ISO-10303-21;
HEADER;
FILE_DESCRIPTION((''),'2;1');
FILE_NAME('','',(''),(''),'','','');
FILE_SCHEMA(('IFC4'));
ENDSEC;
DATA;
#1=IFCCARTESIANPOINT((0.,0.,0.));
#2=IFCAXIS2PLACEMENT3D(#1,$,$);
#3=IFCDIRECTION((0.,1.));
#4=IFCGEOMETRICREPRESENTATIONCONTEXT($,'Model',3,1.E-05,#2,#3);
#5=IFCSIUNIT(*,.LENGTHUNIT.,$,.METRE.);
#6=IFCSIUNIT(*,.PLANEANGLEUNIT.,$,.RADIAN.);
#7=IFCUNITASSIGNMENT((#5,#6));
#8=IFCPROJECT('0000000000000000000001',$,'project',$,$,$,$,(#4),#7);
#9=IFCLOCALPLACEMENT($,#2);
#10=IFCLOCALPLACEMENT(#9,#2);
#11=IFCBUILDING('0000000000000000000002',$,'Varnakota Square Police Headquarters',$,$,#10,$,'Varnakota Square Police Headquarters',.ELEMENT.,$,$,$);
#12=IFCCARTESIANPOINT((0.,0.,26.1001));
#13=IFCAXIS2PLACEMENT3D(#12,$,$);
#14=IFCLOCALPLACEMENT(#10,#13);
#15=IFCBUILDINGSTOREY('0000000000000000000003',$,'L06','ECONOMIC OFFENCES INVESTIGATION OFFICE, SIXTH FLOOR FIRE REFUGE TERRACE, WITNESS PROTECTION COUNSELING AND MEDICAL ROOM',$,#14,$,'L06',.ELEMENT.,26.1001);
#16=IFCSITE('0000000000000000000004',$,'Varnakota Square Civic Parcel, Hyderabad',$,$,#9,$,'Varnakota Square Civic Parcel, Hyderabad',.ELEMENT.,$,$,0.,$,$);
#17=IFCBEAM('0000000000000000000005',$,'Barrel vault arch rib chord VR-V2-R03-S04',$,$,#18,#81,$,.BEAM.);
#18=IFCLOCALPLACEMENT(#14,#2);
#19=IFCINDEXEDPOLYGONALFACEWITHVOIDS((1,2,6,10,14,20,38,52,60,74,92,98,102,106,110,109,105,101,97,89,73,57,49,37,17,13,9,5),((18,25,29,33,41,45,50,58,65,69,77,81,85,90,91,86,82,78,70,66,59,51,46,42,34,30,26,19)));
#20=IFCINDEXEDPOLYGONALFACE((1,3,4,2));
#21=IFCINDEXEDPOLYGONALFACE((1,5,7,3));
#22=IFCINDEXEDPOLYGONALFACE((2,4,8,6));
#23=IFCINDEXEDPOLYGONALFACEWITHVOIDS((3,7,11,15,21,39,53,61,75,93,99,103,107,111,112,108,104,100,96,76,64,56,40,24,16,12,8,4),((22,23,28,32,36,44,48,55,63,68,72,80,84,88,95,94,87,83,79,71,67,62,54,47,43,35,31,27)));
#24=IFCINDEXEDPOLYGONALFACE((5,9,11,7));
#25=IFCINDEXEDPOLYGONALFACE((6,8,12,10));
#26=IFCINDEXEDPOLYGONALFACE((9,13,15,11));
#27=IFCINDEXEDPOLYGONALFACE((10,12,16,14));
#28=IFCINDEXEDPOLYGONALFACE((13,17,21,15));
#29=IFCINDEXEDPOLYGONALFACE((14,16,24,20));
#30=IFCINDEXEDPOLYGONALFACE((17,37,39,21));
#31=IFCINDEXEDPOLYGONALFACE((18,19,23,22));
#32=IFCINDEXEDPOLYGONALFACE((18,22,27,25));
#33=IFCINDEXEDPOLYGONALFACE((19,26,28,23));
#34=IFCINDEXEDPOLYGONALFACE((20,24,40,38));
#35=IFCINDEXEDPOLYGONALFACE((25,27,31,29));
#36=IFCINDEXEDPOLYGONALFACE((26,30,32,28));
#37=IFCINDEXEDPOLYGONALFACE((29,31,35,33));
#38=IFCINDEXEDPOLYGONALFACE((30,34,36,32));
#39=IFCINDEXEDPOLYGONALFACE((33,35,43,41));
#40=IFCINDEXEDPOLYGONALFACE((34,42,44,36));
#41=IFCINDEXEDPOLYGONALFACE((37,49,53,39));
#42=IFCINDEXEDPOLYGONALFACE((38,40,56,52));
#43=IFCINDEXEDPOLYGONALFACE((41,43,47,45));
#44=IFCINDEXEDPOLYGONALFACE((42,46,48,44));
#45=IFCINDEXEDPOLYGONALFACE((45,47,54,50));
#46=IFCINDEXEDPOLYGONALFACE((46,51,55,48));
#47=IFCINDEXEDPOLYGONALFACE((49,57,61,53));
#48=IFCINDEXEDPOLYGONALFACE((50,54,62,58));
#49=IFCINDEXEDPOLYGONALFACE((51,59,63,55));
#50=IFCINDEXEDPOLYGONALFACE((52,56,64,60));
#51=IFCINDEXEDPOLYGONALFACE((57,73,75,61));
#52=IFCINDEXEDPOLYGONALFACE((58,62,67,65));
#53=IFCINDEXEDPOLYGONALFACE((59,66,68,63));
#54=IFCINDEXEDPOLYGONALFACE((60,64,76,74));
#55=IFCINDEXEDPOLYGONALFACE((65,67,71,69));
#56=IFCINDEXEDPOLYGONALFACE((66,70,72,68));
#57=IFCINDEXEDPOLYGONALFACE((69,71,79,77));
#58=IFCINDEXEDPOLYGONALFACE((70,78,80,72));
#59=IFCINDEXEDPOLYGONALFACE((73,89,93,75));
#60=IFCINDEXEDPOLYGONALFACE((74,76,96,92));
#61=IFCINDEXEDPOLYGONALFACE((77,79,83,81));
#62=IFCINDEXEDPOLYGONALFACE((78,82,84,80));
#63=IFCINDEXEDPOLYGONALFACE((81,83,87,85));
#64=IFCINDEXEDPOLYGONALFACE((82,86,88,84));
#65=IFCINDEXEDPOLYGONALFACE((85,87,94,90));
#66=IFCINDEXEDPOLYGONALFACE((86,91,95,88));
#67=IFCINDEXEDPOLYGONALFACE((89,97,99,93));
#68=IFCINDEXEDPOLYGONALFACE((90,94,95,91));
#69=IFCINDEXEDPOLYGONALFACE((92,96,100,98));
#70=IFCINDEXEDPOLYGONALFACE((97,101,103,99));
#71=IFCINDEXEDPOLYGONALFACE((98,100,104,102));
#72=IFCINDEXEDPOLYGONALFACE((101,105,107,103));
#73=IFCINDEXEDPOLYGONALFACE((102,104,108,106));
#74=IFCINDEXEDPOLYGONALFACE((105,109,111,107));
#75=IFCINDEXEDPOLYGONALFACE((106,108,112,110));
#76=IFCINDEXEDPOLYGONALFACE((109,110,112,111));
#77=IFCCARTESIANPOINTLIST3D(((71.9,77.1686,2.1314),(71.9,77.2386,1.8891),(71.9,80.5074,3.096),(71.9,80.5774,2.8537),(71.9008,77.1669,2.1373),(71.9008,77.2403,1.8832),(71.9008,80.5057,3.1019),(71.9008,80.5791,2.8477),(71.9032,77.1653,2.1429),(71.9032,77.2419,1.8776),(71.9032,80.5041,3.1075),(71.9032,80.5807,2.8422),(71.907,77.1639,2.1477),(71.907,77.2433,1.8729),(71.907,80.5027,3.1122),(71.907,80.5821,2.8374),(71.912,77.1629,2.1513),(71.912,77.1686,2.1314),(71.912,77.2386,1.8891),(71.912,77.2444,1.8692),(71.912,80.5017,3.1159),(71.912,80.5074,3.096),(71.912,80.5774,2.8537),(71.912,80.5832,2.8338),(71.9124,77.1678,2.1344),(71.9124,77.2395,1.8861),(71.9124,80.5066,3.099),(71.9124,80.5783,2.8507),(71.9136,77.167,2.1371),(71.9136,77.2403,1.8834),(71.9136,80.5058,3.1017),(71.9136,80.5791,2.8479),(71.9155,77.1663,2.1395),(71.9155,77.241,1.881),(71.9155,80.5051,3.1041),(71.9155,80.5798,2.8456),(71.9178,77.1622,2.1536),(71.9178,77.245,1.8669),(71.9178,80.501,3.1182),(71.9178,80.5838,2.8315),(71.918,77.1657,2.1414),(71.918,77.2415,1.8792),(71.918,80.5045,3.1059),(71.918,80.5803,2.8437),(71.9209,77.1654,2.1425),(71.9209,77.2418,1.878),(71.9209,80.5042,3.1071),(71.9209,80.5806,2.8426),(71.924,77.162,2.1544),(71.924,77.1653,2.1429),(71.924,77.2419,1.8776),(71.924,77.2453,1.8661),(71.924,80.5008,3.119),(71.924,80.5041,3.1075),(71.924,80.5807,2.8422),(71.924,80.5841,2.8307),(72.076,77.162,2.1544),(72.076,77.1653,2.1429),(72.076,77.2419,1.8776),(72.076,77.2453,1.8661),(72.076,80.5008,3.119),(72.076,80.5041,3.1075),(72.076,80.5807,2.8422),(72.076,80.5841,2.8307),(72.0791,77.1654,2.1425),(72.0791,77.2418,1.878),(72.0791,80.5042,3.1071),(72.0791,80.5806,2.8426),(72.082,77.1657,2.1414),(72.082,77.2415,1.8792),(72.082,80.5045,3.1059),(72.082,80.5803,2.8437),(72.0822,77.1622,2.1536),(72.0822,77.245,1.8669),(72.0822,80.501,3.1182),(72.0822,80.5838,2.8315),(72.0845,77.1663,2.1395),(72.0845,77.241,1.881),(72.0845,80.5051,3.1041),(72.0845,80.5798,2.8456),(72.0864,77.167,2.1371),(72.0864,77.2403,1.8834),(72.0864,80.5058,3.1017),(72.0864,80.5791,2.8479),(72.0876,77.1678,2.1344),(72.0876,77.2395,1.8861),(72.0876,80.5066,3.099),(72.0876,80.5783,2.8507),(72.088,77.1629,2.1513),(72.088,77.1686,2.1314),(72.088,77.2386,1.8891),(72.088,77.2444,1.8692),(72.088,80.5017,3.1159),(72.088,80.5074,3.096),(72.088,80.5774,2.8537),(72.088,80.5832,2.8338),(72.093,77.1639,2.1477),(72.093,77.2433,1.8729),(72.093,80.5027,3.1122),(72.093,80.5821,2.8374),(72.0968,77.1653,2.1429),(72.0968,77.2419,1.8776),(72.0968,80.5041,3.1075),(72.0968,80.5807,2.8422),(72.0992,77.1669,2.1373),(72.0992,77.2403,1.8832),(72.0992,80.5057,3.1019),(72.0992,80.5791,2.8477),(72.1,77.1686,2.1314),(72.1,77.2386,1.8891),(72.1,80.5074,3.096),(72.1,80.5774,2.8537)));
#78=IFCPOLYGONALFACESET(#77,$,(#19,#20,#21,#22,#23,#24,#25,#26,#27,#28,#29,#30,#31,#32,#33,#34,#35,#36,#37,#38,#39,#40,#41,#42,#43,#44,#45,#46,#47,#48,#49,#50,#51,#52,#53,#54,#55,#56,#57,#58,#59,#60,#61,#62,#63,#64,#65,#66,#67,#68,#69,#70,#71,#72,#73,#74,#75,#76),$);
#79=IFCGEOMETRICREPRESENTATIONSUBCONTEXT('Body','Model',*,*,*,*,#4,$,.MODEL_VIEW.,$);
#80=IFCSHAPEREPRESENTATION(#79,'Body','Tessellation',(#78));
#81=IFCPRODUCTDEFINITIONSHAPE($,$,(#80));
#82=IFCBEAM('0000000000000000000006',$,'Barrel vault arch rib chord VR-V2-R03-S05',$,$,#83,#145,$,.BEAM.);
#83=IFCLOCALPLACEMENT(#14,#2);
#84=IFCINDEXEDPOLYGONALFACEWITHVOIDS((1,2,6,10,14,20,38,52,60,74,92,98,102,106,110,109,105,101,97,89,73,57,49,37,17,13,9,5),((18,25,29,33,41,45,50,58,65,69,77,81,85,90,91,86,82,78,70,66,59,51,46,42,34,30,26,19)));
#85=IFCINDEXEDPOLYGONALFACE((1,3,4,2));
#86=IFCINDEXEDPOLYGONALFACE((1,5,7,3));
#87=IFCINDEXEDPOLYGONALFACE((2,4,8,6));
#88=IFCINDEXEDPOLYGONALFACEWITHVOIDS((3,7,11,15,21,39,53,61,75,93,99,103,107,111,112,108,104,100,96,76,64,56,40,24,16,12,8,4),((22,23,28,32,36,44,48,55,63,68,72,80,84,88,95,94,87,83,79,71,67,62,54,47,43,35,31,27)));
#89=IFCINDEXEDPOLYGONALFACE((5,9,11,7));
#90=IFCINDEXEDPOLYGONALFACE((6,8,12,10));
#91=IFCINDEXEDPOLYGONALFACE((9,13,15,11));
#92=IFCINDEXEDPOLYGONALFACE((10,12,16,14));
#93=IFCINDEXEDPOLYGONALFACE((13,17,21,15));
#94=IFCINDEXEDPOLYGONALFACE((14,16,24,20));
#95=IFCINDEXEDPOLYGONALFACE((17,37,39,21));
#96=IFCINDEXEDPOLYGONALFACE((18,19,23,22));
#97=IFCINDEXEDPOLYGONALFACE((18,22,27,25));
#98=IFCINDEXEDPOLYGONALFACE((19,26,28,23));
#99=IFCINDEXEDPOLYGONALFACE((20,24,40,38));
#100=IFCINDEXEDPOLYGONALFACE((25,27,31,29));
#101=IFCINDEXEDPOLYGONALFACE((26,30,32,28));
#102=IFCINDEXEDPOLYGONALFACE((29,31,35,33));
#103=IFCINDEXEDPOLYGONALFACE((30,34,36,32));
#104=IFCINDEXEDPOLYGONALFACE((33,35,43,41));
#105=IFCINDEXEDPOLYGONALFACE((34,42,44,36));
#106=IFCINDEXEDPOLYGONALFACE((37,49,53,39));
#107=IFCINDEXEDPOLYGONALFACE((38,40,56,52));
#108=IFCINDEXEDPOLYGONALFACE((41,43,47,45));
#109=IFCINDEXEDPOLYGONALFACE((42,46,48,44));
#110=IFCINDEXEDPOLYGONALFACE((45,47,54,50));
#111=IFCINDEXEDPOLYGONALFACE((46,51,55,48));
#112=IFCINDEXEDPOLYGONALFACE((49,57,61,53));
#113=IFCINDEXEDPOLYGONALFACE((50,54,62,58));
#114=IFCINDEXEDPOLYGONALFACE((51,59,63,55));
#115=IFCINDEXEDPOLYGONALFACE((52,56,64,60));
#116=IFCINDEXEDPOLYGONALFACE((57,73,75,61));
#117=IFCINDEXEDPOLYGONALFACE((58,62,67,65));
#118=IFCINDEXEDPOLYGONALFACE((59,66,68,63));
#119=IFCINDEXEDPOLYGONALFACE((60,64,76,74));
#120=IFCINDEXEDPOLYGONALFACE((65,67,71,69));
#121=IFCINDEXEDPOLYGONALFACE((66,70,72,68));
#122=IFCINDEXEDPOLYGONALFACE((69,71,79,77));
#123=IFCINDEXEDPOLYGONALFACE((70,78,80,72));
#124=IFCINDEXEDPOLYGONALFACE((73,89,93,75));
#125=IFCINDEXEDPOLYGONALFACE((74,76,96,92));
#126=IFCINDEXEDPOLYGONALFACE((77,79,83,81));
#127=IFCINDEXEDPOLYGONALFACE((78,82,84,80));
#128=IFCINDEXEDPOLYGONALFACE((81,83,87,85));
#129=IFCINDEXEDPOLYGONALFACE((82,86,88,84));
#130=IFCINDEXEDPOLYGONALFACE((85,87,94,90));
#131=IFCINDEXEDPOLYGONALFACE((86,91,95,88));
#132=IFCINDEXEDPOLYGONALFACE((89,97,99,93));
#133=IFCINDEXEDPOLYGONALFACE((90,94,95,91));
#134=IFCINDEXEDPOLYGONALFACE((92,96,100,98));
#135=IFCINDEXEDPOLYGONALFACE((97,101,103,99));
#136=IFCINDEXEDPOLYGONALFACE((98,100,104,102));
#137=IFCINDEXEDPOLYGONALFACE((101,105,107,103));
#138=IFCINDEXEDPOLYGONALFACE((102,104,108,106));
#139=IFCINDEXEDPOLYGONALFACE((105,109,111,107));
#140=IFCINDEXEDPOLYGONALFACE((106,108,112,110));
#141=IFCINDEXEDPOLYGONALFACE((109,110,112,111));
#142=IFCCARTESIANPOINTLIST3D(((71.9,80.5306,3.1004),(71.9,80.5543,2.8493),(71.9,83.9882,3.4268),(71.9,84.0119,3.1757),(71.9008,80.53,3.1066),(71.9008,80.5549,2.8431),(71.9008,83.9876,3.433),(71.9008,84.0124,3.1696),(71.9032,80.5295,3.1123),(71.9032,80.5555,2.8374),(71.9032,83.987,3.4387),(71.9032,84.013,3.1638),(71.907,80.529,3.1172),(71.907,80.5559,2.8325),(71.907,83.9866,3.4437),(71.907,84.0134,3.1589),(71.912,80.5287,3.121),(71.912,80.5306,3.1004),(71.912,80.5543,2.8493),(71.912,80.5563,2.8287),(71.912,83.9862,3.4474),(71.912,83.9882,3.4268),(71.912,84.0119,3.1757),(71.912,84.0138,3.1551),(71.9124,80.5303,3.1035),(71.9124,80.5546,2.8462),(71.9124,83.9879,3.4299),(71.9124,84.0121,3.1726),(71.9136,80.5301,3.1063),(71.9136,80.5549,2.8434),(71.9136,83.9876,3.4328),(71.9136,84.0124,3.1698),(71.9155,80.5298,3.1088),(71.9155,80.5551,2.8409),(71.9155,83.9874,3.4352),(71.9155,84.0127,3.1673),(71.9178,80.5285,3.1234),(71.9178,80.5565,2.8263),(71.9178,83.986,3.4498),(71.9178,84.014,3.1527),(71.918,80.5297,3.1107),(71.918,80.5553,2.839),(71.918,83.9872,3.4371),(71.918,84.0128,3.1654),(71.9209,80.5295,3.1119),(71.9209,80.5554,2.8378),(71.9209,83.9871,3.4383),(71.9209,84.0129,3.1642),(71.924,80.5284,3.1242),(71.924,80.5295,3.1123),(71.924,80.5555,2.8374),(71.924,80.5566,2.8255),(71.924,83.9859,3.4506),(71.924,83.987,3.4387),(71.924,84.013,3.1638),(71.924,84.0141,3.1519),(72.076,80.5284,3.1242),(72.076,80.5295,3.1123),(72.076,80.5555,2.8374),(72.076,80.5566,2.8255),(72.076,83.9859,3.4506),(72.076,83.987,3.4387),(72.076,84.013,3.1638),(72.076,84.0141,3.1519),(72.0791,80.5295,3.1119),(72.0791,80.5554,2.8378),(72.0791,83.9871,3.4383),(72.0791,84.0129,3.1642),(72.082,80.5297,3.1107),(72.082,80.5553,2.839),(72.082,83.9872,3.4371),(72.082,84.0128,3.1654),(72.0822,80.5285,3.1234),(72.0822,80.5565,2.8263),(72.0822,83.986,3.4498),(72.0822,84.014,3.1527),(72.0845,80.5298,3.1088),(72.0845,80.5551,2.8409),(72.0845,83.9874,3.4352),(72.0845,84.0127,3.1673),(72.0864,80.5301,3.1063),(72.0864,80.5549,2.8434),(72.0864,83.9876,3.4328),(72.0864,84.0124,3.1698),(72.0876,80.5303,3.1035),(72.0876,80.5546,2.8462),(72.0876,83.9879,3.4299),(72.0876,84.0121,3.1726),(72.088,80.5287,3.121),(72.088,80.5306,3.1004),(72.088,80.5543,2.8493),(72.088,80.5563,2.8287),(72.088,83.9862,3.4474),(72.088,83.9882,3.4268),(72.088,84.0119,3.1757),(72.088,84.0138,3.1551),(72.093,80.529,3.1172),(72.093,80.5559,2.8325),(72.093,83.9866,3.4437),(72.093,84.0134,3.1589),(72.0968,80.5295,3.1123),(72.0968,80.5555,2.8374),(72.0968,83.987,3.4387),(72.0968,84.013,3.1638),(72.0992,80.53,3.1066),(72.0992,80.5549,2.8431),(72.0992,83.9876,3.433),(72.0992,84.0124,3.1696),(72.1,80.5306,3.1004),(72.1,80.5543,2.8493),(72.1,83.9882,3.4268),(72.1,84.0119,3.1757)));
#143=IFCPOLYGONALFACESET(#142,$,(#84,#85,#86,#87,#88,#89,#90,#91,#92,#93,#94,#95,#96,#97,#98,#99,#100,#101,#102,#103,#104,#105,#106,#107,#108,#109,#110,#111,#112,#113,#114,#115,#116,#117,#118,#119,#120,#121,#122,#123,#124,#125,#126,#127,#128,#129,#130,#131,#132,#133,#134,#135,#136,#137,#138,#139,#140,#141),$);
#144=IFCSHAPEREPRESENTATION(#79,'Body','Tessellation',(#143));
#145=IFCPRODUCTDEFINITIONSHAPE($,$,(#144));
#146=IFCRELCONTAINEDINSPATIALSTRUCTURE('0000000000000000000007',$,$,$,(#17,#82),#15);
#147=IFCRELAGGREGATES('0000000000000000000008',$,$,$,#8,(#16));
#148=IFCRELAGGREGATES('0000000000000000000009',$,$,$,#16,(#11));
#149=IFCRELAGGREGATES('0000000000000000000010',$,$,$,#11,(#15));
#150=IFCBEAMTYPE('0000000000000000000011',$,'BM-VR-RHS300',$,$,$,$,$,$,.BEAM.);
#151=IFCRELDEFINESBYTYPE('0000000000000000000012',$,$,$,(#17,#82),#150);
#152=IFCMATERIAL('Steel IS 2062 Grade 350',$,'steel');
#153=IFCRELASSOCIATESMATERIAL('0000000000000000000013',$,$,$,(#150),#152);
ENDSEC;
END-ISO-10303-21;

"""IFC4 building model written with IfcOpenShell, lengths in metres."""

from ifc_helpers import new_model, si_unit, direction, frame, origin, origin_2d, place, context, subcontext, project, spatial, hollow_rectangle, extrude, material, material_profile, profile_set, type_object, element, save


model = new_model("IFC4")

# Units and contexts
model_context = context("Model", 3, precision=1e-05, world=origin(), true_north=direction((0.0, 1.0)))
body_context = subcontext(model_context, "Body", "Model", "MODEL_VIEW")
ifc_project = project(units=[si_unit("LENGTHUNIT", "METRE"), si_unit("PLANEANGLEUNIT", "RADIAN")], contexts=[model_context])

# Site, building, storey
site_placement = place(None, origin())
site = spatial("IfcSite", under=ifc_project, at=site_placement, Name="Varnakota Square Civic Parcel, Hyderabad", LongName="Varnakota Square Civic Parcel, Hyderabad", CompositionType="ELEMENT", RefElevation=0.0)
building_placement = place(site_placement, origin())
building = spatial("IfcBuilding", under=site, at=building_placement, Name="Varnakota Square Police Headquarters", LongName="Varnakota Square Police Headquarters", CompositionType="ELEMENT")
storey_placement = place(building_placement, frame((0.0, 0.0, 26.1001)))
storey = spatial("IfcBuildingStorey", under=building, at=storey_placement, Name="L06", Description="ECONOMIC OFFENCES INVESTIGATION OFFICE, SIXTH FLOOR FIRE REFUGE TERRACE, WITNESS PROTECTION COUNSELING AND MEDICAL ROOM", LongName="L06", CompositionType="ELEMENT", Elevation=26.1001)

# Beams
ifc_material_1 = material(Name="Steel IS 2062 Grade 350", Category="steel")
ifc_material_profile_1 = material_profile(ifc_material_1, hollow_rectangle(XDim=0.2, YDim=0.3, WallThickness=0.012, InnerFilletRadius=0.012, OuterFilletRadius=0.0239, at=origin_2d()), Name="RHS 300x200x12")
ifc_profile_set_1 = profile_set([ifc_material_profile_1], Name="Steel IS 2062 Grade 350")
beam_type = type_object("IfcBeamType", Name="BM-VR-RHS300", PredefinedType="BEAM", material=ifc_profile_set_1)
beam_1_placement = place(storey_placement, frame((72.0, 77.2036, 2.0103), z_axis=(0.0, 0.960711, 0.27755), x_axis=(-1.0, 0.0, 0.0)))
element("IfcBeam", 1, at=beam_1_placement, inside=storey, type_object=beam_type, Name="Barrel vault arch rib chord VR-V2-R03-S04", PredefinedType="BEAM", context=body_context, shape_type="SweptSolid", body=[
    extrude(hollow_rectangle(XDim=0.2, YDim=0.3, WallThickness=0.012, InnerFilletRadius=0.012, OuterFilletRadius=0.0239, at=origin_2d()), origin(), (0.0, 0.0, 1.0), 3.4753),
])
beam_2_placement = place(storey_placement, frame((72.0, 80.5425, 2.9749), z_axis=(0.0, 0.995573, 0.09399), x_axis=(-1.0, 0.0, 0.0)))
element("IfcBeam", 2, at=beam_2_placement, inside=storey, type_object=beam_type, Name="Barrel vault arch rib chord VR-V2-R03-S05", PredefinedType="BEAM", context=body_context, shape_type="SweptSolid", body=[
    extrude(hollow_rectangle(XDim=0.2, YDim=0.3, WallThickness=0.012, InnerFilletRadius=0.012, OuterFilletRadius=0.0239, at=origin_2d()), origin(), (0.0, 0.0, 1.0), 3.4729),
])

save(model, "model.ifc")
